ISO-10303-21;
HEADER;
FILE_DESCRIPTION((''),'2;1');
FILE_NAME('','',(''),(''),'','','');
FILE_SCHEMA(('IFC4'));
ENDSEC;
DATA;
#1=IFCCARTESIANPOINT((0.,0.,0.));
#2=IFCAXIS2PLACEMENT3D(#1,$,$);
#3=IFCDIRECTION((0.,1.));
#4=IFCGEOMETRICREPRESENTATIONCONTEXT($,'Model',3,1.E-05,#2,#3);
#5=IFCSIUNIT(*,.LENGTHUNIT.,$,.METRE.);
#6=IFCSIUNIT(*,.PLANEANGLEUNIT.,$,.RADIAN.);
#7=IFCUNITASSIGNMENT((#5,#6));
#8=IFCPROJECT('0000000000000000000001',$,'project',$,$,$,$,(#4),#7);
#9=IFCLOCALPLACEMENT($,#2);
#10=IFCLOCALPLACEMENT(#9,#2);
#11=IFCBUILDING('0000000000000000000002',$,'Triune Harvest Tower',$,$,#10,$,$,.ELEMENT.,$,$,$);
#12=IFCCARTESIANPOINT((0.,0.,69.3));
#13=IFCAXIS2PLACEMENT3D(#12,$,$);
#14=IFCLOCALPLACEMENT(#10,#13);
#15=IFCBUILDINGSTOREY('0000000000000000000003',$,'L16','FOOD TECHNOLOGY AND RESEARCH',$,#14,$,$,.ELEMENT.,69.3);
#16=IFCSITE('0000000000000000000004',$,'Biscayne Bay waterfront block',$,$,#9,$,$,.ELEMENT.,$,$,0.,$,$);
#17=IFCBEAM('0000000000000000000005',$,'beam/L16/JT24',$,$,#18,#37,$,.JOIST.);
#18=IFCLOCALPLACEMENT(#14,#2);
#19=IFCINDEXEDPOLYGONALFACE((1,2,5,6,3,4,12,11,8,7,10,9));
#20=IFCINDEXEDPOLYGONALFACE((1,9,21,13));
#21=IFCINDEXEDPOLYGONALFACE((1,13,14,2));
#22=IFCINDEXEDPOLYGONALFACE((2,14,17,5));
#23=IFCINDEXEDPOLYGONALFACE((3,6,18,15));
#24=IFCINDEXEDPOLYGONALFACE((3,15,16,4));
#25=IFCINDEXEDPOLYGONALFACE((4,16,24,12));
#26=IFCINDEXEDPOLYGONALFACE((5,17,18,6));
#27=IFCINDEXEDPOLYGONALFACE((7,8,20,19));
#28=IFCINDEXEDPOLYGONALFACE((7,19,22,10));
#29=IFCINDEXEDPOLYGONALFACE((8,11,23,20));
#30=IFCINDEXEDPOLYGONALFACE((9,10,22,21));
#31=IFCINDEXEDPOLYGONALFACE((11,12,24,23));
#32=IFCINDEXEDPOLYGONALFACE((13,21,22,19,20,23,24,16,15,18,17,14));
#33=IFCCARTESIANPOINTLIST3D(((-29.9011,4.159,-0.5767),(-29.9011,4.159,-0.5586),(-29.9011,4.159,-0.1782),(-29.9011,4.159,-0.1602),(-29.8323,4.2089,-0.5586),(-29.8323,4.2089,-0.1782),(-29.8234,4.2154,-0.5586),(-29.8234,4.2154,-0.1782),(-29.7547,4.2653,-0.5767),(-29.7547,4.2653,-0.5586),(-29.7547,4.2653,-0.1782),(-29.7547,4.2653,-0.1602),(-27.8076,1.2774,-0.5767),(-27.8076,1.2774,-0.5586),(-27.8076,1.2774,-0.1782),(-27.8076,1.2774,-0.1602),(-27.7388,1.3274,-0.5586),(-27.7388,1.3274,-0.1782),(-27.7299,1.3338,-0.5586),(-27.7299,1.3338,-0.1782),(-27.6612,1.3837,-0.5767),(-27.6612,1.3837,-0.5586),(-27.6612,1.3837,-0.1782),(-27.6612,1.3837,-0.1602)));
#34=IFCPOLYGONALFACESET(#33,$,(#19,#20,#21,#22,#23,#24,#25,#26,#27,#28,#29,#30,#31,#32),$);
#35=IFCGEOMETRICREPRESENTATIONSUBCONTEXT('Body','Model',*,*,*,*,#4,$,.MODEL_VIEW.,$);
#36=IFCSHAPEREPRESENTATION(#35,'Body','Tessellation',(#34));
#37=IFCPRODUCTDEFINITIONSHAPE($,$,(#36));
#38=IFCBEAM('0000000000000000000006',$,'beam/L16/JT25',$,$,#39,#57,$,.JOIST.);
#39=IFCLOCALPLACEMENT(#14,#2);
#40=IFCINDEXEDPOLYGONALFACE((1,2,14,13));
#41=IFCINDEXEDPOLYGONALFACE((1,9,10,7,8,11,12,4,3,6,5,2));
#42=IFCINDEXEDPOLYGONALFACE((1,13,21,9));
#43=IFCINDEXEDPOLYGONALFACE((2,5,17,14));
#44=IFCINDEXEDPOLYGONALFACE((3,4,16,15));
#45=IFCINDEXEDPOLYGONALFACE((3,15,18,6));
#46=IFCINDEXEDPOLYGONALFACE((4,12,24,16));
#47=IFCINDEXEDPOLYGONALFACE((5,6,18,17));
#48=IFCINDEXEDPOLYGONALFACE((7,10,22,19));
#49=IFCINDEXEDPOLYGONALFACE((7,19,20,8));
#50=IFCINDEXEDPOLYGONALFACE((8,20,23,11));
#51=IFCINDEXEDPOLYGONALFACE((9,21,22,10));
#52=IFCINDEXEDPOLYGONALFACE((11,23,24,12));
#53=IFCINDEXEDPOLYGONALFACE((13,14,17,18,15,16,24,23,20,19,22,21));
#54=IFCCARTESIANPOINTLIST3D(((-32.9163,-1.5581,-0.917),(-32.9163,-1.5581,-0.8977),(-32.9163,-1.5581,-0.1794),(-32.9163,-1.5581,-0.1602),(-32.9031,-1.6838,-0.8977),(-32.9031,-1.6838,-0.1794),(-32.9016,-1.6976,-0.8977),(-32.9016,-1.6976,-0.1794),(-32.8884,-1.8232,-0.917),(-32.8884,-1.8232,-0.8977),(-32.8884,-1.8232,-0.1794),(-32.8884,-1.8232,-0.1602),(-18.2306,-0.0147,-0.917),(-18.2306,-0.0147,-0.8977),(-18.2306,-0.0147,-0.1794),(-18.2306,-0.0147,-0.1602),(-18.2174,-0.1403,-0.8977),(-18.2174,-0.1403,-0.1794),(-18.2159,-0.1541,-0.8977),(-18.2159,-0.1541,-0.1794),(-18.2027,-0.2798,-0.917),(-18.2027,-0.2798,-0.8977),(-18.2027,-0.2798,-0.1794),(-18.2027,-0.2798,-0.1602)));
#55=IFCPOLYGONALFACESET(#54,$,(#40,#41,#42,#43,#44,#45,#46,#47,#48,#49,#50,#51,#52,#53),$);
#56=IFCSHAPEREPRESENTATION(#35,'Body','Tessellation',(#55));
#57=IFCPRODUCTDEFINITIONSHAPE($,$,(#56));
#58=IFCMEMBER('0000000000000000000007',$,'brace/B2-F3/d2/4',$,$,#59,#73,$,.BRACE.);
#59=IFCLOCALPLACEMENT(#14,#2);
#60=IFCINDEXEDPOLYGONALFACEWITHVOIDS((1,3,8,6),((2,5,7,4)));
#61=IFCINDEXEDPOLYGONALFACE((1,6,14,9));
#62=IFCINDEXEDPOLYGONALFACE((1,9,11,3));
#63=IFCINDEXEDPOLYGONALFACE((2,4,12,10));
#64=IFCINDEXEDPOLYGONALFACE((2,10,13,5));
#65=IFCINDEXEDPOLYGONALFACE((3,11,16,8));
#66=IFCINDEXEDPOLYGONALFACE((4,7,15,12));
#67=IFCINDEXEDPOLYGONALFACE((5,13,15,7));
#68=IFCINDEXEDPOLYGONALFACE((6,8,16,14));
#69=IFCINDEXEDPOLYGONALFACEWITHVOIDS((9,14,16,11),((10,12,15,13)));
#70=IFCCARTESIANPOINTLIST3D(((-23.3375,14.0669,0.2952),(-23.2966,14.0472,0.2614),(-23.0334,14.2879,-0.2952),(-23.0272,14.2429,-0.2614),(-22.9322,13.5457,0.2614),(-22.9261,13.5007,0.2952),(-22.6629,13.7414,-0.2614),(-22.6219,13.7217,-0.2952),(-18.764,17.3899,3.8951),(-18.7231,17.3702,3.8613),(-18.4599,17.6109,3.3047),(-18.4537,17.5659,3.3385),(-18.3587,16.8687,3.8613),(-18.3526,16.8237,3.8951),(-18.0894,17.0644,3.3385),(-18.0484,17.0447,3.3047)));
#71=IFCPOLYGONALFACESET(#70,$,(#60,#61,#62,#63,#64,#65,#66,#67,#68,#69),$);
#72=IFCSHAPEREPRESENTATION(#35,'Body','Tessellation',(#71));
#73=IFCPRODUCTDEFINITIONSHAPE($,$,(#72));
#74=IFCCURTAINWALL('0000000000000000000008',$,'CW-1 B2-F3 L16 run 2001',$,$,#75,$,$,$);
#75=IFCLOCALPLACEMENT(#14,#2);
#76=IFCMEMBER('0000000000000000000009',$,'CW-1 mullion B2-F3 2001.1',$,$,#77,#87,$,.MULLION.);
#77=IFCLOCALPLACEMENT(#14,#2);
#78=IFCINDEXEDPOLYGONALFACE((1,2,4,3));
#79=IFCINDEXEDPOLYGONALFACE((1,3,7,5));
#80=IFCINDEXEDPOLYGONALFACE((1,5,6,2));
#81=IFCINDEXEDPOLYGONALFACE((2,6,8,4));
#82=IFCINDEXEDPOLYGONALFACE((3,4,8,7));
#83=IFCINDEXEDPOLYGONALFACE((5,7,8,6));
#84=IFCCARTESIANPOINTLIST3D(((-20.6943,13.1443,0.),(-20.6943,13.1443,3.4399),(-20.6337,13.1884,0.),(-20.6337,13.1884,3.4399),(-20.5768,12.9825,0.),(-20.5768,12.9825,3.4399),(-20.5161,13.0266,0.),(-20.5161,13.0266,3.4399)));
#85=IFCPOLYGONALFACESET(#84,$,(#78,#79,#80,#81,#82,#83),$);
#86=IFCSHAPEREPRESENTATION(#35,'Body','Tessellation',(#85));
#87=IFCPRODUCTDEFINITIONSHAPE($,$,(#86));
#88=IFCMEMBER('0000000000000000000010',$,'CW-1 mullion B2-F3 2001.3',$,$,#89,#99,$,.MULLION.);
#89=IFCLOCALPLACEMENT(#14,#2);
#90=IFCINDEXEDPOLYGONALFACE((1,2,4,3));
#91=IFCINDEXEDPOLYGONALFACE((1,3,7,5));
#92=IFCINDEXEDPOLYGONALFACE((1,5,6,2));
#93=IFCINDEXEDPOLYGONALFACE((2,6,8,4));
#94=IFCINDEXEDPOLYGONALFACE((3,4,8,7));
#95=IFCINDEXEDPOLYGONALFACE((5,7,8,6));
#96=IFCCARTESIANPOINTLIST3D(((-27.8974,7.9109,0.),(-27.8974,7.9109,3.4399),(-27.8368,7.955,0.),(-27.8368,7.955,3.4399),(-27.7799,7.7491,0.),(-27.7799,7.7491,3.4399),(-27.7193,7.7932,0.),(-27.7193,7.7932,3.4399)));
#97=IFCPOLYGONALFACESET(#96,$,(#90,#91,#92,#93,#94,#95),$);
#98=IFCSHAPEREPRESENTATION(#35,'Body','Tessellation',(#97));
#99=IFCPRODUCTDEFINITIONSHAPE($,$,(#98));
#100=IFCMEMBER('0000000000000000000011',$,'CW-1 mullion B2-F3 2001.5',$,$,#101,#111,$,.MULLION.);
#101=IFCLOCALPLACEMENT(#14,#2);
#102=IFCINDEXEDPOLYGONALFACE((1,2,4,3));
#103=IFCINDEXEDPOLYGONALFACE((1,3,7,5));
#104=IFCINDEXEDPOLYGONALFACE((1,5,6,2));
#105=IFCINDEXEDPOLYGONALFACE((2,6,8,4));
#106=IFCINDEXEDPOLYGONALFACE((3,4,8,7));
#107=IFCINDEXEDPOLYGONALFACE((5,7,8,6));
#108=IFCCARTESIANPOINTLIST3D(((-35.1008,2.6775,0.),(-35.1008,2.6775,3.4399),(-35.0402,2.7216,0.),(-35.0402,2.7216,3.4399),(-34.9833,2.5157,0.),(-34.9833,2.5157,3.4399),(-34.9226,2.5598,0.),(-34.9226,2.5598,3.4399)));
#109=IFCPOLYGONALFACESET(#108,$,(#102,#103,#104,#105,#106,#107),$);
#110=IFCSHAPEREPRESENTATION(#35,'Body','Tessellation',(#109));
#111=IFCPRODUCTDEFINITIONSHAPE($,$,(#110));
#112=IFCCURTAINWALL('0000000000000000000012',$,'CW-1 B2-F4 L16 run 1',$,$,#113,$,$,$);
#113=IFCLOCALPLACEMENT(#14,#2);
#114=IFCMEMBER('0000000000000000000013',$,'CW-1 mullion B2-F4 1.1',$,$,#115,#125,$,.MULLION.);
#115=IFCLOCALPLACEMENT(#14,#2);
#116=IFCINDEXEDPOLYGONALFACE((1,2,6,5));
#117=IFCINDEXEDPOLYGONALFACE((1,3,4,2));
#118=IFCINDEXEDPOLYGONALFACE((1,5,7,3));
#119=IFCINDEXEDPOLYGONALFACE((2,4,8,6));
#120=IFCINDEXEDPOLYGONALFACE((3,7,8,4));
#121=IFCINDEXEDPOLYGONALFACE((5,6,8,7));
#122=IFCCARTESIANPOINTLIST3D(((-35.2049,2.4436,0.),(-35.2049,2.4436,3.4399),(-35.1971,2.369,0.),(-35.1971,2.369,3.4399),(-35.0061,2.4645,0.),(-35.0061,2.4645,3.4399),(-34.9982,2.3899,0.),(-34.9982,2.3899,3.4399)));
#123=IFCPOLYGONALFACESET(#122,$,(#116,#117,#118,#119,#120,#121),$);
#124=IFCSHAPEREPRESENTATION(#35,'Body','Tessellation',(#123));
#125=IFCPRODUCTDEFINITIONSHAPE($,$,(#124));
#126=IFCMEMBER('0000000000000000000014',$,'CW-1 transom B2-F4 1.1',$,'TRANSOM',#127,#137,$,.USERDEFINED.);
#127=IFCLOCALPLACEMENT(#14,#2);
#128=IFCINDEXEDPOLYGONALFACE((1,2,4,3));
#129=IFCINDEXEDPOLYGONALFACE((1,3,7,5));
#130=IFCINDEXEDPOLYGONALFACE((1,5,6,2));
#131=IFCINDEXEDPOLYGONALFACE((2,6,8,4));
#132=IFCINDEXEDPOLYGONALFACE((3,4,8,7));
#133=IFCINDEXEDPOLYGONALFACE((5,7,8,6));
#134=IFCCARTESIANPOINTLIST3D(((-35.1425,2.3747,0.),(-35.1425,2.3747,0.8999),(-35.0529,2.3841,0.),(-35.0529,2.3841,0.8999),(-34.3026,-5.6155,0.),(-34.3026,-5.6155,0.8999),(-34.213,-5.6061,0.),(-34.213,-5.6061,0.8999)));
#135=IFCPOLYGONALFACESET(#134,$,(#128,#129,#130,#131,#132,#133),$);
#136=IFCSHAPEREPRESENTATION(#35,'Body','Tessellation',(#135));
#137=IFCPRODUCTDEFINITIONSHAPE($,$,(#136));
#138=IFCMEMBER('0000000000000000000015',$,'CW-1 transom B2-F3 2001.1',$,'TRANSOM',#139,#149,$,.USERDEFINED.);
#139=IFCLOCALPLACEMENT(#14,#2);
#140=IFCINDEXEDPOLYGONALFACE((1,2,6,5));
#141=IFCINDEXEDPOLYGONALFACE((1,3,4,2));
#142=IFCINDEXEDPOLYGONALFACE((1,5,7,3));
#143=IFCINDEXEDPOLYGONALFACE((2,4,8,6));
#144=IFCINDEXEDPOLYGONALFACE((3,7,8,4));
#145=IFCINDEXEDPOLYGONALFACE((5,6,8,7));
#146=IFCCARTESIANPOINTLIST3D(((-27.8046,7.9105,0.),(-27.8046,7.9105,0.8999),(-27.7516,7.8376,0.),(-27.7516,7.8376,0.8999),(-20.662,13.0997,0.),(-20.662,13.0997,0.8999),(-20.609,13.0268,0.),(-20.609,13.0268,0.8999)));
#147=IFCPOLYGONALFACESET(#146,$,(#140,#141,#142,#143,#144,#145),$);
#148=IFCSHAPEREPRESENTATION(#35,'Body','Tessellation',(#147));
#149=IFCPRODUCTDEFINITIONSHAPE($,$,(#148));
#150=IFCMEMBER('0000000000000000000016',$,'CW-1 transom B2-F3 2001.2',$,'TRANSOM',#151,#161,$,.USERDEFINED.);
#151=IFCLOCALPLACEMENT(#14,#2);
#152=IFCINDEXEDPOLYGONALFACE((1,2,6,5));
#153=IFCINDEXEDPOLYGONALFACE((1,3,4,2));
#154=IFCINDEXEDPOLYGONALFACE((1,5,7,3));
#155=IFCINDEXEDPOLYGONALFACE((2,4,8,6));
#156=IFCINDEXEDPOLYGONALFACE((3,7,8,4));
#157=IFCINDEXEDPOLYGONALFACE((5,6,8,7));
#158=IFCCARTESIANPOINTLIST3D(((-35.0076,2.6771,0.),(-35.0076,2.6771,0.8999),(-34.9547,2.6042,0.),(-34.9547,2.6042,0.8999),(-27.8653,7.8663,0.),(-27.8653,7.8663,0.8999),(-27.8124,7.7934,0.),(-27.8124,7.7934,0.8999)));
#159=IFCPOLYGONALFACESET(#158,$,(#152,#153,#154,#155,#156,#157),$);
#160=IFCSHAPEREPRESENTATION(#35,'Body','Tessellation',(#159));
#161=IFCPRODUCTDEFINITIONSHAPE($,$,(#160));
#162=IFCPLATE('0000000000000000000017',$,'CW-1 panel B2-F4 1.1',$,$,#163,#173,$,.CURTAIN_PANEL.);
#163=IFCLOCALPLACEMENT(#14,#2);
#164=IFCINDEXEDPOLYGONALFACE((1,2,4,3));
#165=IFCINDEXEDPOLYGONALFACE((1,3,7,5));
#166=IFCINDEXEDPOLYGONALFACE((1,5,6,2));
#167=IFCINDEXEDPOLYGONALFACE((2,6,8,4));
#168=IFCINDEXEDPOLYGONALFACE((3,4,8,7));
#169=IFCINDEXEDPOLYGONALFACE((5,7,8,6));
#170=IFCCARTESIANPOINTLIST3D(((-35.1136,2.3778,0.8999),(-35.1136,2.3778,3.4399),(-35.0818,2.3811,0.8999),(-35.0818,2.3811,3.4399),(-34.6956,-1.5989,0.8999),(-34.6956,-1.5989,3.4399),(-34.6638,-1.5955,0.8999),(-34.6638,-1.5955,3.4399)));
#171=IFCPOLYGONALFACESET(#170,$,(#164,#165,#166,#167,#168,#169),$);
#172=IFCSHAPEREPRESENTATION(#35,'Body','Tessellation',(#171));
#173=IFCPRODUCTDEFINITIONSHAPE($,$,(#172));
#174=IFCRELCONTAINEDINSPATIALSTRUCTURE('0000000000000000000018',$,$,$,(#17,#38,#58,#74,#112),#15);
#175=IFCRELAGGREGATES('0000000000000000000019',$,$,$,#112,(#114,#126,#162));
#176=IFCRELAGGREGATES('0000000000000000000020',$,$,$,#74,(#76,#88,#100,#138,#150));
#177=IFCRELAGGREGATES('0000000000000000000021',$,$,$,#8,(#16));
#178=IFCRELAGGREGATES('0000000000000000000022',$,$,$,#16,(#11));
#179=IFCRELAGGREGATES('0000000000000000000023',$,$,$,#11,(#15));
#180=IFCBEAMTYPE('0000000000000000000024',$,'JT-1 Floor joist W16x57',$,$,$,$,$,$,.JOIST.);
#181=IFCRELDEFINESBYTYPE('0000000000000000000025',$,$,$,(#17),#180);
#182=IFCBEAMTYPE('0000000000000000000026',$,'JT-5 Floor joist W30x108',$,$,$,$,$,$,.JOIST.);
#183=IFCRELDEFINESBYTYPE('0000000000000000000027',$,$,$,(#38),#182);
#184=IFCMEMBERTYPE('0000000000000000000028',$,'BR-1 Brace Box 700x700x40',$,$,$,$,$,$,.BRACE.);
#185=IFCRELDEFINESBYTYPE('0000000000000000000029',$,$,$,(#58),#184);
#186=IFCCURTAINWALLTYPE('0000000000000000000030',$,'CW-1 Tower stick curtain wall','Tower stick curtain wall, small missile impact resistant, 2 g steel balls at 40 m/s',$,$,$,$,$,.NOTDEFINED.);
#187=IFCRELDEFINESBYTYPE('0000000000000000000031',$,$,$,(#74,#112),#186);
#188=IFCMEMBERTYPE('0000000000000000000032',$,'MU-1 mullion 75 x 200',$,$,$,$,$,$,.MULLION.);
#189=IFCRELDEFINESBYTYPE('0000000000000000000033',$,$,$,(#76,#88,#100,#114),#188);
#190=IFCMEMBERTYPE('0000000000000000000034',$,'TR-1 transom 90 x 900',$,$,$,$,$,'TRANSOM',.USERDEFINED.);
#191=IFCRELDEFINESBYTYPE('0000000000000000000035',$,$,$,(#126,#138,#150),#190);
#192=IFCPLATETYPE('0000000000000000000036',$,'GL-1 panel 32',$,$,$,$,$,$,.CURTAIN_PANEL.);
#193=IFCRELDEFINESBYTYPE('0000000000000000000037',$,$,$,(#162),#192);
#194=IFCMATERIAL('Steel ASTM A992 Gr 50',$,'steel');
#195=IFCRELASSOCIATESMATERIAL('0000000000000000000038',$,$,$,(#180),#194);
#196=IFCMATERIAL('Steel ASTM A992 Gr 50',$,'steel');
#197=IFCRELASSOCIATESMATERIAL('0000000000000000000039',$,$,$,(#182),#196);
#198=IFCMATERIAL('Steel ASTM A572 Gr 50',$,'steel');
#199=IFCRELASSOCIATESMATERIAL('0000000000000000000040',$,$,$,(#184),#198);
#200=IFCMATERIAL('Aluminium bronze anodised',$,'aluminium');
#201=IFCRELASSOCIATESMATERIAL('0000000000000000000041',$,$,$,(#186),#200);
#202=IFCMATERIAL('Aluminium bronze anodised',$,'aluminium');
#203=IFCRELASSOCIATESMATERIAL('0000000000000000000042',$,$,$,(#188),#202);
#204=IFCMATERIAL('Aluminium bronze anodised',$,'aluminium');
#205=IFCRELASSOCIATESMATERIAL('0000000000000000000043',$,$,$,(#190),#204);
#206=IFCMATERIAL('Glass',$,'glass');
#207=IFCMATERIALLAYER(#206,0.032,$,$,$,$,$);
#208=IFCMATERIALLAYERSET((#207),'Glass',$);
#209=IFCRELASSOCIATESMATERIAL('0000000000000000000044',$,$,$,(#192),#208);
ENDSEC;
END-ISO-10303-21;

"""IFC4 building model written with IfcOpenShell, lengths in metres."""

from ifc_helpers import new_model, si_unit, direction, frame, origin, origin_2d, place, context, subcontext, project, spatial, rectangle, hollow_rectangle, i_section, extrude, source, transform, mapped, material, layer, layer_set, material_profile, profile_set, type_object, element, aggregate, save


model = new_model("IFC4")

# Units and contexts
model_context = context("Model", 3, precision=1e-05, world=origin(), true_north=direction((0.0, 1.0)))
body_context = subcontext(model_context, "Body", "Model", "MODEL_VIEW")
ifc_project = project(units=[si_unit("LENGTHUNIT", "METRE"), si_unit("PLANEANGLEUNIT", "RADIAN")], contexts=[model_context])

# Site, building, storey
site_placement = place(None, origin())
site = spatial("IfcSite", under=ifc_project, at=site_placement, Name="Biscayne Bay waterfront block", CompositionType="ELEMENT", RefElevation=0.0)
building_placement = place(site_placement, origin())
building = spatial("IfcBuilding", under=site, at=building_placement, Name="Triune Harvest Tower", CompositionType="ELEMENT")
storey_placement = place(building_placement, frame((0.0, 0.0, 69.3)))
storey = spatial("IfcBuildingStorey", under=building, at=storey_placement, Name="L16", Description="FOOD TECHNOLOGY AND RESEARCH", CompositionType="ELEMENT", Elevation=69.3)

# Beams
ifc_material_1 = material(Name="Steel ASTM A992 Gr 50", Category="steel")
ifc_material_profile_1 = material_profile(ifc_material_1, i_section(OverallWidth=0.1809, OverallDepth=0.4165, WebThickness=0.011, FlangeThickness=0.0181, at=origin_2d()), Name="W16x57")
ifc_profile_set_1 = profile_set([ifc_material_profile_1], Name="Steel ASTM A992 Gr 50")
beam_type_1 = type_object("IfcBeamType", Name="JT-1 Floor joist W16x57", PredefinedType="JOIST", material=ifc_profile_set_1)
shared_shape_1 = source(origin(), body_context, "Body", "SweptSolid", [
    extrude(i_section(OverallWidth=0.1809, OverallDepth=0.4165, WebThickness=0.011, FlangeThickness=0.0181, at=origin_2d()), origin(), (0.0, 0.0, 1.0), 3.5618),
])
beam_1_placement = place(storey_placement, frame((-29.8279, 4.2122, -0.3684), z_axis=(0.587768, -0.809029, 0.0), x_axis=(0.809029, 0.587768, 0.0)))
element("IfcBeam", 1, at=beam_1_placement, inside=storey, type_object=beam_type_1, Name="beam/L16/JT24", PredefinedType="JOIST", context=body_context, shape_type="MappedRepresentation", body=[
    mapped(shared_shape_1, transform((0.0, 0.0, 0.0), scale=1.0)),
])
ifc_material_2 = material(Name="Steel ASTM A992 Gr 50", Category="steel")
ifc_material_profile_2 = material_profile(ifc_material_2, i_section(OverallWidth=0.2666, OverallDepth=0.7568, WebThickness=0.0139, FlangeThickness=0.0193, at=origin_2d()), Name="W30x108")
ifc_profile_set_2 = profile_set([ifc_material_profile_2], Name="Steel ASTM A992 Gr 50")
beam_type_2 = type_object("IfcBeamType", Name="JT-5 Floor joist W30x108", PredefinedType="JOIST", material=ifc_profile_set_2)
shared_shape_2 = source(origin(), body_context, "Body", "SweptSolid", [
    extrude(i_section(OverallWidth=0.2666, OverallDepth=0.7568, WebThickness=0.0139, FlangeThickness=0.0193, at=origin_2d()), origin(), (0.0, 0.0, 1.0), 14.7666),
])
beam_2_placement = place(storey_placement, frame((-32.9023, -1.6907, -0.5386), z_axis=(0.994522, 0.104523, 0.0), x_axis=(-0.104523, 0.994522, 0.0)))
element("IfcBeam", 2, at=beam_2_placement, inside=storey, type_object=beam_type_2, Name="beam/L16/JT25", PredefinedType="JOIST", context=body_context, shape_type="MappedRepresentation", body=[
    mapped(shared_shape_2, transform((0.0, 0.0, 0.0), scale=1.0)),
])

# Member
ifc_material_3 = material(Name="Steel ASTM A572 Gr 50", Category="steel")
ifc_material_profile_3 = material_profile(ifc_material_3, hollow_rectangle(XDim=0.7, YDim=0.7, WallThickness=0.04, at=origin_2d()), Name="Box 700x700x40")
ifc_profile_set_3 = profile_set([ifc_material_profile_3], Name="Steel ASTM A572 Gr 50")
member_type_1 = type_object("IfcMemberType", Name="BR-1 Brace Box 700x700x40", PredefinedType="BRACE", material=ifc_profile_set_3)
shared_shape_3 = source(origin(), body_context, "Body", "SweptSolid", [
    extrude(hollow_rectangle(XDim=0.7, YDim=0.7, WallThickness=0.04, at=origin_2d()), origin(), (0.0, 0.0, 1.0), 6.7021),
])
member_1_placement = place(storey_placement, frame((-22.9797, 13.8943, 0.0), z_axis=(0.682397, 0.495815, 0.537124), x_axis=(-0.587804, 0.809003, 0.0)))
element("IfcMember", 3, at=member_1_placement, inside=storey, type_object=member_type_1, Name="brace/B2-F3/d2/4", PredefinedType="BRACE", context=body_context, shape_type="MappedRepresentation", body=[
    mapped(shared_shape_3, transform((0.0, 0.0, 0.0), scale=1.0)),
])

# Curtain walls, members
ifc_material_4 = material(Name="Aluminium bronze anodised", Category="aluminium")
curtain_wall_type = type_object("IfcCurtainWallType", Name="CW-1 Tower stick curtain wall", Description="Tower stick curtain wall, small missile impact resistant, 2 g steel balls at 40 m/s", PredefinedType="NOTDEFINED", material=ifc_material_4)
curtain_wall_1_placement = place(storey_placement, origin())
curtain_wall_1 = element("IfcCurtainWall", 4, at=curtain_wall_1_placement, inside=storey, type_object=curtain_wall_type, Name="CW-1 B2-F3 L16 run 2001")
ifc_material_5 = material(Name="Aluminium bronze anodised", Category="aluminium")
ifc_material_profile_4 = material_profile(ifc_material_5, rectangle(XDim=0.2, YDim=0.075, at=origin_2d()), Name="MU-1 mullion 75 x 200")
ifc_profile_set_4 = profile_set([ifc_material_profile_4], Name="Aluminium bronze anodised")
member_type_2 = type_object("IfcMemberType", Name="MU-1 mullion 75 x 200", PredefinedType="MULLION", material=ifc_profile_set_4)
shared_shape_4 = source(origin(), body_context, "Body", "SweptSolid", [
    extrude(rectangle(XDim=0.2, YDim=0.075, at=origin_2d()), origin(), (0.0, 0.0, 1.0), 3.4399),
])
member_2_placement = place(storey_placement, frame((-20.6052, 13.0854, 0.0), z_axis=(0.0, 0.0, 1.0), x_axis=(0.587783, -0.809018, 0.0)))
member_2 = element("IfcMember", 5, at=member_2_placement, type_object=member_type_2, Name="CW-1 mullion B2-F3 2001.1", PredefinedType="MULLION", context=body_context, shape_type="MappedRepresentation", body=[
    mapped(shared_shape_4, transform((0.0, 0.0, 0.0), scale=1.0)),
])
member_3_placement = place(storey_placement, frame((-27.8083, 7.8521, 0.0), z_axis=(0.0, 0.0, 1.0), x_axis=(0.587783, -0.809018, 0.0)))
member_3 = element("IfcMember", 6, at=member_3_placement, type_object=member_type_2, Name="CW-1 mullion B2-F3 2001.3", PredefinedType="MULLION", context=body_context, shape_type="MappedRepresentation", body=[
    mapped(shared_shape_4, transform((0.0, 0.0, 0.0), scale=1.0)),
])
member_4_placement = place(storey_placement, frame((-35.0117, 2.6187, 0.0), z_axis=(0.0, 0.0, 1.0), x_axis=(0.587783, -0.809018, 0.0)))
member_4 = element("IfcMember", 7, at=member_4_placement, type_object=member_type_2, Name="CW-1 mullion B2-F3 2001.5", PredefinedType="MULLION", context=body_context, shape_type="MappedRepresentation", body=[
    mapped(shared_shape_4, transform((0.0, 0.0, 0.0), scale=1.0)),
])
curtain_wall_2_placement = place(storey_placement, origin())
curtain_wall_2 = element("IfcCurtainWall", 8, at=curtain_wall_2_placement, inside=storey, type_object=curtain_wall_type, Name="CW-1 B2-F4 L16 run 1")
member_5_placement = place(storey_placement, frame((-35.1016, 2.4167, 0.0), z_axis=(0.0, 0.0, 1.0), x_axis=(0.994522, 0.104529, 0.0)))
member_5 = element("IfcMember", 9, at=member_5_placement, type_object=member_type_2, Name="CW-1 mullion B2-F4 1.1", PredefinedType="MULLION", context=body_context, shape_type="MappedRepresentation", body=[
    mapped(shared_shape_4, transform((0.0, 0.0, 0.0), scale=1.0)),
])
ifc_material_6 = material(Name="Aluminium bronze anodised", Category="aluminium")
ifc_material_profile_5 = material_profile(ifc_material_6, rectangle(XDim=0.0901, YDim=0.8999, at=origin_2d()), Name="TR-1 transom 90 x 900")
ifc_profile_set_5 = profile_set([ifc_material_profile_5], Name="Aluminium bronze anodised")
member_type_3 = type_object("IfcMemberType", Name="TR-1 transom 90 x 900", ElementType="TRANSOM", PredefinedType="USERDEFINED", material=ifc_profile_set_5)
shared_shape_5 = source(origin(), body_context, "Body", "SweptSolid", [
    extrude(rectangle(XDim=0.0901, YDim=0.8999, at=origin_2d()), origin(), (0.0, 0.0, 1.0), 8.0342),
])
member_6_placement = place(storey_placement, frame((-35.0977, 2.3794, 0.45), z_axis=(0.104533, -0.994521, 0.0), x_axis=(0.994521, 0.104533, 0.0)))
member_6 = element("IfcMember", 10, at=member_6_placement, type_object=member_type_3, Name="CW-1 transom B2-F4 1.1", ObjectType="TRANSOM", PredefinedType="USERDEFINED", context=body_context, shape_type="MappedRepresentation", body=[
    mapped(shared_shape_5, transform((0.0, 0.0, 0.0), scale=1.0)),
])

# Members
shared_shape_6 = source(origin(), body_context, "Body", "SweptSolid", [
    extrude(rectangle(XDim=0.0901, YDim=0.8999, at=origin_2d()), origin(), (0.0, 0.0, 1.0), 8.8286),
])
member_7_placement = place(storey_placement, frame((-20.6355, 13.0632, 0.45), z_axis=(-0.809027, -0.587772, 0.0), x_axis=(0.587772, -0.809027, 0.0)))
member_7 = element("IfcMember", 11, at=member_7_placement, type_object=member_type_3, Name="CW-1 transom B2-F3 2001.1", ObjectType="TRANSOM", PredefinedType="USERDEFINED", context=body_context, shape_type="MappedRepresentation", body=[
    mapped(shared_shape_6, transform((0.0, 0.0, 0.0), scale=1.0)),
])
shared_shape_7 = source(origin(), body_context, "Body", "SweptSolid", [
    extrude(rectangle(XDim=0.0901, YDim=0.8999, at=origin_2d()), origin(), (0.0, 0.0, 1.0), 8.8284),
])
member_8_placement = place(storey_placement, frame((-27.8389, 7.8298, 0.45), z_axis=(-0.809017, -0.587785, 0.0), x_axis=(0.587785, -0.809017, 0.0)))
member_8 = element("IfcMember", 12, at=member_8_placement, type_object=member_type_3, Name="CW-1 transom B2-F3 2001.2", ObjectType="TRANSOM", PredefinedType="USERDEFINED", context=body_context, shape_type="MappedRepresentation", body=[
    mapped(shared_shape_7, transform((0.0, 0.0, 0.0), scale=1.0)),
])

# Plate
ifc_material_7 = material(Name="Glass", Category="glass")
ifc_layer = layer(ifc_material_7, 0.032)
ifc_layer_set = layer_set([ifc_layer], Name="Glass")
plate_type = type_object("IfcPlateType", Name="GL-1 panel 32", PredefinedType="CURTAIN_PANEL", material=ifc_layer_set)
shared_shape_8 = source(origin(), body_context, "Body", "SweptSolid", [
    extrude(rectangle(XDim=3.9985, YDim=0.032, at=origin_2d()), origin(), (0.0, 0.0, 1.0), 2.54),
])
plate_1_placement = place(storey_placement, frame((-34.8887, 0.3911, 0.8999), z_axis=(0.0, 0.0, 1.0), x_axis=(0.104529, -0.994522, 0.0)))
plate_1 = element("IfcPlate", 13, at=plate_1_placement, type_object=plate_type, Name="CW-1 panel B2-F4 1.1", PredefinedType="CURTAIN_PANEL", context=body_context, shape_type="MappedRepresentation", body=[
    mapped(shared_shape_8, transform((0.0, 0.0, 0.0), scale=1.0)),
])
aggregate(curtain_wall_2, [member_5, member_6, plate_1])
aggregate(curtain_wall_1, [member_2, member_3, member_4, member_7, member_8])

save(model, "model.ifc")
